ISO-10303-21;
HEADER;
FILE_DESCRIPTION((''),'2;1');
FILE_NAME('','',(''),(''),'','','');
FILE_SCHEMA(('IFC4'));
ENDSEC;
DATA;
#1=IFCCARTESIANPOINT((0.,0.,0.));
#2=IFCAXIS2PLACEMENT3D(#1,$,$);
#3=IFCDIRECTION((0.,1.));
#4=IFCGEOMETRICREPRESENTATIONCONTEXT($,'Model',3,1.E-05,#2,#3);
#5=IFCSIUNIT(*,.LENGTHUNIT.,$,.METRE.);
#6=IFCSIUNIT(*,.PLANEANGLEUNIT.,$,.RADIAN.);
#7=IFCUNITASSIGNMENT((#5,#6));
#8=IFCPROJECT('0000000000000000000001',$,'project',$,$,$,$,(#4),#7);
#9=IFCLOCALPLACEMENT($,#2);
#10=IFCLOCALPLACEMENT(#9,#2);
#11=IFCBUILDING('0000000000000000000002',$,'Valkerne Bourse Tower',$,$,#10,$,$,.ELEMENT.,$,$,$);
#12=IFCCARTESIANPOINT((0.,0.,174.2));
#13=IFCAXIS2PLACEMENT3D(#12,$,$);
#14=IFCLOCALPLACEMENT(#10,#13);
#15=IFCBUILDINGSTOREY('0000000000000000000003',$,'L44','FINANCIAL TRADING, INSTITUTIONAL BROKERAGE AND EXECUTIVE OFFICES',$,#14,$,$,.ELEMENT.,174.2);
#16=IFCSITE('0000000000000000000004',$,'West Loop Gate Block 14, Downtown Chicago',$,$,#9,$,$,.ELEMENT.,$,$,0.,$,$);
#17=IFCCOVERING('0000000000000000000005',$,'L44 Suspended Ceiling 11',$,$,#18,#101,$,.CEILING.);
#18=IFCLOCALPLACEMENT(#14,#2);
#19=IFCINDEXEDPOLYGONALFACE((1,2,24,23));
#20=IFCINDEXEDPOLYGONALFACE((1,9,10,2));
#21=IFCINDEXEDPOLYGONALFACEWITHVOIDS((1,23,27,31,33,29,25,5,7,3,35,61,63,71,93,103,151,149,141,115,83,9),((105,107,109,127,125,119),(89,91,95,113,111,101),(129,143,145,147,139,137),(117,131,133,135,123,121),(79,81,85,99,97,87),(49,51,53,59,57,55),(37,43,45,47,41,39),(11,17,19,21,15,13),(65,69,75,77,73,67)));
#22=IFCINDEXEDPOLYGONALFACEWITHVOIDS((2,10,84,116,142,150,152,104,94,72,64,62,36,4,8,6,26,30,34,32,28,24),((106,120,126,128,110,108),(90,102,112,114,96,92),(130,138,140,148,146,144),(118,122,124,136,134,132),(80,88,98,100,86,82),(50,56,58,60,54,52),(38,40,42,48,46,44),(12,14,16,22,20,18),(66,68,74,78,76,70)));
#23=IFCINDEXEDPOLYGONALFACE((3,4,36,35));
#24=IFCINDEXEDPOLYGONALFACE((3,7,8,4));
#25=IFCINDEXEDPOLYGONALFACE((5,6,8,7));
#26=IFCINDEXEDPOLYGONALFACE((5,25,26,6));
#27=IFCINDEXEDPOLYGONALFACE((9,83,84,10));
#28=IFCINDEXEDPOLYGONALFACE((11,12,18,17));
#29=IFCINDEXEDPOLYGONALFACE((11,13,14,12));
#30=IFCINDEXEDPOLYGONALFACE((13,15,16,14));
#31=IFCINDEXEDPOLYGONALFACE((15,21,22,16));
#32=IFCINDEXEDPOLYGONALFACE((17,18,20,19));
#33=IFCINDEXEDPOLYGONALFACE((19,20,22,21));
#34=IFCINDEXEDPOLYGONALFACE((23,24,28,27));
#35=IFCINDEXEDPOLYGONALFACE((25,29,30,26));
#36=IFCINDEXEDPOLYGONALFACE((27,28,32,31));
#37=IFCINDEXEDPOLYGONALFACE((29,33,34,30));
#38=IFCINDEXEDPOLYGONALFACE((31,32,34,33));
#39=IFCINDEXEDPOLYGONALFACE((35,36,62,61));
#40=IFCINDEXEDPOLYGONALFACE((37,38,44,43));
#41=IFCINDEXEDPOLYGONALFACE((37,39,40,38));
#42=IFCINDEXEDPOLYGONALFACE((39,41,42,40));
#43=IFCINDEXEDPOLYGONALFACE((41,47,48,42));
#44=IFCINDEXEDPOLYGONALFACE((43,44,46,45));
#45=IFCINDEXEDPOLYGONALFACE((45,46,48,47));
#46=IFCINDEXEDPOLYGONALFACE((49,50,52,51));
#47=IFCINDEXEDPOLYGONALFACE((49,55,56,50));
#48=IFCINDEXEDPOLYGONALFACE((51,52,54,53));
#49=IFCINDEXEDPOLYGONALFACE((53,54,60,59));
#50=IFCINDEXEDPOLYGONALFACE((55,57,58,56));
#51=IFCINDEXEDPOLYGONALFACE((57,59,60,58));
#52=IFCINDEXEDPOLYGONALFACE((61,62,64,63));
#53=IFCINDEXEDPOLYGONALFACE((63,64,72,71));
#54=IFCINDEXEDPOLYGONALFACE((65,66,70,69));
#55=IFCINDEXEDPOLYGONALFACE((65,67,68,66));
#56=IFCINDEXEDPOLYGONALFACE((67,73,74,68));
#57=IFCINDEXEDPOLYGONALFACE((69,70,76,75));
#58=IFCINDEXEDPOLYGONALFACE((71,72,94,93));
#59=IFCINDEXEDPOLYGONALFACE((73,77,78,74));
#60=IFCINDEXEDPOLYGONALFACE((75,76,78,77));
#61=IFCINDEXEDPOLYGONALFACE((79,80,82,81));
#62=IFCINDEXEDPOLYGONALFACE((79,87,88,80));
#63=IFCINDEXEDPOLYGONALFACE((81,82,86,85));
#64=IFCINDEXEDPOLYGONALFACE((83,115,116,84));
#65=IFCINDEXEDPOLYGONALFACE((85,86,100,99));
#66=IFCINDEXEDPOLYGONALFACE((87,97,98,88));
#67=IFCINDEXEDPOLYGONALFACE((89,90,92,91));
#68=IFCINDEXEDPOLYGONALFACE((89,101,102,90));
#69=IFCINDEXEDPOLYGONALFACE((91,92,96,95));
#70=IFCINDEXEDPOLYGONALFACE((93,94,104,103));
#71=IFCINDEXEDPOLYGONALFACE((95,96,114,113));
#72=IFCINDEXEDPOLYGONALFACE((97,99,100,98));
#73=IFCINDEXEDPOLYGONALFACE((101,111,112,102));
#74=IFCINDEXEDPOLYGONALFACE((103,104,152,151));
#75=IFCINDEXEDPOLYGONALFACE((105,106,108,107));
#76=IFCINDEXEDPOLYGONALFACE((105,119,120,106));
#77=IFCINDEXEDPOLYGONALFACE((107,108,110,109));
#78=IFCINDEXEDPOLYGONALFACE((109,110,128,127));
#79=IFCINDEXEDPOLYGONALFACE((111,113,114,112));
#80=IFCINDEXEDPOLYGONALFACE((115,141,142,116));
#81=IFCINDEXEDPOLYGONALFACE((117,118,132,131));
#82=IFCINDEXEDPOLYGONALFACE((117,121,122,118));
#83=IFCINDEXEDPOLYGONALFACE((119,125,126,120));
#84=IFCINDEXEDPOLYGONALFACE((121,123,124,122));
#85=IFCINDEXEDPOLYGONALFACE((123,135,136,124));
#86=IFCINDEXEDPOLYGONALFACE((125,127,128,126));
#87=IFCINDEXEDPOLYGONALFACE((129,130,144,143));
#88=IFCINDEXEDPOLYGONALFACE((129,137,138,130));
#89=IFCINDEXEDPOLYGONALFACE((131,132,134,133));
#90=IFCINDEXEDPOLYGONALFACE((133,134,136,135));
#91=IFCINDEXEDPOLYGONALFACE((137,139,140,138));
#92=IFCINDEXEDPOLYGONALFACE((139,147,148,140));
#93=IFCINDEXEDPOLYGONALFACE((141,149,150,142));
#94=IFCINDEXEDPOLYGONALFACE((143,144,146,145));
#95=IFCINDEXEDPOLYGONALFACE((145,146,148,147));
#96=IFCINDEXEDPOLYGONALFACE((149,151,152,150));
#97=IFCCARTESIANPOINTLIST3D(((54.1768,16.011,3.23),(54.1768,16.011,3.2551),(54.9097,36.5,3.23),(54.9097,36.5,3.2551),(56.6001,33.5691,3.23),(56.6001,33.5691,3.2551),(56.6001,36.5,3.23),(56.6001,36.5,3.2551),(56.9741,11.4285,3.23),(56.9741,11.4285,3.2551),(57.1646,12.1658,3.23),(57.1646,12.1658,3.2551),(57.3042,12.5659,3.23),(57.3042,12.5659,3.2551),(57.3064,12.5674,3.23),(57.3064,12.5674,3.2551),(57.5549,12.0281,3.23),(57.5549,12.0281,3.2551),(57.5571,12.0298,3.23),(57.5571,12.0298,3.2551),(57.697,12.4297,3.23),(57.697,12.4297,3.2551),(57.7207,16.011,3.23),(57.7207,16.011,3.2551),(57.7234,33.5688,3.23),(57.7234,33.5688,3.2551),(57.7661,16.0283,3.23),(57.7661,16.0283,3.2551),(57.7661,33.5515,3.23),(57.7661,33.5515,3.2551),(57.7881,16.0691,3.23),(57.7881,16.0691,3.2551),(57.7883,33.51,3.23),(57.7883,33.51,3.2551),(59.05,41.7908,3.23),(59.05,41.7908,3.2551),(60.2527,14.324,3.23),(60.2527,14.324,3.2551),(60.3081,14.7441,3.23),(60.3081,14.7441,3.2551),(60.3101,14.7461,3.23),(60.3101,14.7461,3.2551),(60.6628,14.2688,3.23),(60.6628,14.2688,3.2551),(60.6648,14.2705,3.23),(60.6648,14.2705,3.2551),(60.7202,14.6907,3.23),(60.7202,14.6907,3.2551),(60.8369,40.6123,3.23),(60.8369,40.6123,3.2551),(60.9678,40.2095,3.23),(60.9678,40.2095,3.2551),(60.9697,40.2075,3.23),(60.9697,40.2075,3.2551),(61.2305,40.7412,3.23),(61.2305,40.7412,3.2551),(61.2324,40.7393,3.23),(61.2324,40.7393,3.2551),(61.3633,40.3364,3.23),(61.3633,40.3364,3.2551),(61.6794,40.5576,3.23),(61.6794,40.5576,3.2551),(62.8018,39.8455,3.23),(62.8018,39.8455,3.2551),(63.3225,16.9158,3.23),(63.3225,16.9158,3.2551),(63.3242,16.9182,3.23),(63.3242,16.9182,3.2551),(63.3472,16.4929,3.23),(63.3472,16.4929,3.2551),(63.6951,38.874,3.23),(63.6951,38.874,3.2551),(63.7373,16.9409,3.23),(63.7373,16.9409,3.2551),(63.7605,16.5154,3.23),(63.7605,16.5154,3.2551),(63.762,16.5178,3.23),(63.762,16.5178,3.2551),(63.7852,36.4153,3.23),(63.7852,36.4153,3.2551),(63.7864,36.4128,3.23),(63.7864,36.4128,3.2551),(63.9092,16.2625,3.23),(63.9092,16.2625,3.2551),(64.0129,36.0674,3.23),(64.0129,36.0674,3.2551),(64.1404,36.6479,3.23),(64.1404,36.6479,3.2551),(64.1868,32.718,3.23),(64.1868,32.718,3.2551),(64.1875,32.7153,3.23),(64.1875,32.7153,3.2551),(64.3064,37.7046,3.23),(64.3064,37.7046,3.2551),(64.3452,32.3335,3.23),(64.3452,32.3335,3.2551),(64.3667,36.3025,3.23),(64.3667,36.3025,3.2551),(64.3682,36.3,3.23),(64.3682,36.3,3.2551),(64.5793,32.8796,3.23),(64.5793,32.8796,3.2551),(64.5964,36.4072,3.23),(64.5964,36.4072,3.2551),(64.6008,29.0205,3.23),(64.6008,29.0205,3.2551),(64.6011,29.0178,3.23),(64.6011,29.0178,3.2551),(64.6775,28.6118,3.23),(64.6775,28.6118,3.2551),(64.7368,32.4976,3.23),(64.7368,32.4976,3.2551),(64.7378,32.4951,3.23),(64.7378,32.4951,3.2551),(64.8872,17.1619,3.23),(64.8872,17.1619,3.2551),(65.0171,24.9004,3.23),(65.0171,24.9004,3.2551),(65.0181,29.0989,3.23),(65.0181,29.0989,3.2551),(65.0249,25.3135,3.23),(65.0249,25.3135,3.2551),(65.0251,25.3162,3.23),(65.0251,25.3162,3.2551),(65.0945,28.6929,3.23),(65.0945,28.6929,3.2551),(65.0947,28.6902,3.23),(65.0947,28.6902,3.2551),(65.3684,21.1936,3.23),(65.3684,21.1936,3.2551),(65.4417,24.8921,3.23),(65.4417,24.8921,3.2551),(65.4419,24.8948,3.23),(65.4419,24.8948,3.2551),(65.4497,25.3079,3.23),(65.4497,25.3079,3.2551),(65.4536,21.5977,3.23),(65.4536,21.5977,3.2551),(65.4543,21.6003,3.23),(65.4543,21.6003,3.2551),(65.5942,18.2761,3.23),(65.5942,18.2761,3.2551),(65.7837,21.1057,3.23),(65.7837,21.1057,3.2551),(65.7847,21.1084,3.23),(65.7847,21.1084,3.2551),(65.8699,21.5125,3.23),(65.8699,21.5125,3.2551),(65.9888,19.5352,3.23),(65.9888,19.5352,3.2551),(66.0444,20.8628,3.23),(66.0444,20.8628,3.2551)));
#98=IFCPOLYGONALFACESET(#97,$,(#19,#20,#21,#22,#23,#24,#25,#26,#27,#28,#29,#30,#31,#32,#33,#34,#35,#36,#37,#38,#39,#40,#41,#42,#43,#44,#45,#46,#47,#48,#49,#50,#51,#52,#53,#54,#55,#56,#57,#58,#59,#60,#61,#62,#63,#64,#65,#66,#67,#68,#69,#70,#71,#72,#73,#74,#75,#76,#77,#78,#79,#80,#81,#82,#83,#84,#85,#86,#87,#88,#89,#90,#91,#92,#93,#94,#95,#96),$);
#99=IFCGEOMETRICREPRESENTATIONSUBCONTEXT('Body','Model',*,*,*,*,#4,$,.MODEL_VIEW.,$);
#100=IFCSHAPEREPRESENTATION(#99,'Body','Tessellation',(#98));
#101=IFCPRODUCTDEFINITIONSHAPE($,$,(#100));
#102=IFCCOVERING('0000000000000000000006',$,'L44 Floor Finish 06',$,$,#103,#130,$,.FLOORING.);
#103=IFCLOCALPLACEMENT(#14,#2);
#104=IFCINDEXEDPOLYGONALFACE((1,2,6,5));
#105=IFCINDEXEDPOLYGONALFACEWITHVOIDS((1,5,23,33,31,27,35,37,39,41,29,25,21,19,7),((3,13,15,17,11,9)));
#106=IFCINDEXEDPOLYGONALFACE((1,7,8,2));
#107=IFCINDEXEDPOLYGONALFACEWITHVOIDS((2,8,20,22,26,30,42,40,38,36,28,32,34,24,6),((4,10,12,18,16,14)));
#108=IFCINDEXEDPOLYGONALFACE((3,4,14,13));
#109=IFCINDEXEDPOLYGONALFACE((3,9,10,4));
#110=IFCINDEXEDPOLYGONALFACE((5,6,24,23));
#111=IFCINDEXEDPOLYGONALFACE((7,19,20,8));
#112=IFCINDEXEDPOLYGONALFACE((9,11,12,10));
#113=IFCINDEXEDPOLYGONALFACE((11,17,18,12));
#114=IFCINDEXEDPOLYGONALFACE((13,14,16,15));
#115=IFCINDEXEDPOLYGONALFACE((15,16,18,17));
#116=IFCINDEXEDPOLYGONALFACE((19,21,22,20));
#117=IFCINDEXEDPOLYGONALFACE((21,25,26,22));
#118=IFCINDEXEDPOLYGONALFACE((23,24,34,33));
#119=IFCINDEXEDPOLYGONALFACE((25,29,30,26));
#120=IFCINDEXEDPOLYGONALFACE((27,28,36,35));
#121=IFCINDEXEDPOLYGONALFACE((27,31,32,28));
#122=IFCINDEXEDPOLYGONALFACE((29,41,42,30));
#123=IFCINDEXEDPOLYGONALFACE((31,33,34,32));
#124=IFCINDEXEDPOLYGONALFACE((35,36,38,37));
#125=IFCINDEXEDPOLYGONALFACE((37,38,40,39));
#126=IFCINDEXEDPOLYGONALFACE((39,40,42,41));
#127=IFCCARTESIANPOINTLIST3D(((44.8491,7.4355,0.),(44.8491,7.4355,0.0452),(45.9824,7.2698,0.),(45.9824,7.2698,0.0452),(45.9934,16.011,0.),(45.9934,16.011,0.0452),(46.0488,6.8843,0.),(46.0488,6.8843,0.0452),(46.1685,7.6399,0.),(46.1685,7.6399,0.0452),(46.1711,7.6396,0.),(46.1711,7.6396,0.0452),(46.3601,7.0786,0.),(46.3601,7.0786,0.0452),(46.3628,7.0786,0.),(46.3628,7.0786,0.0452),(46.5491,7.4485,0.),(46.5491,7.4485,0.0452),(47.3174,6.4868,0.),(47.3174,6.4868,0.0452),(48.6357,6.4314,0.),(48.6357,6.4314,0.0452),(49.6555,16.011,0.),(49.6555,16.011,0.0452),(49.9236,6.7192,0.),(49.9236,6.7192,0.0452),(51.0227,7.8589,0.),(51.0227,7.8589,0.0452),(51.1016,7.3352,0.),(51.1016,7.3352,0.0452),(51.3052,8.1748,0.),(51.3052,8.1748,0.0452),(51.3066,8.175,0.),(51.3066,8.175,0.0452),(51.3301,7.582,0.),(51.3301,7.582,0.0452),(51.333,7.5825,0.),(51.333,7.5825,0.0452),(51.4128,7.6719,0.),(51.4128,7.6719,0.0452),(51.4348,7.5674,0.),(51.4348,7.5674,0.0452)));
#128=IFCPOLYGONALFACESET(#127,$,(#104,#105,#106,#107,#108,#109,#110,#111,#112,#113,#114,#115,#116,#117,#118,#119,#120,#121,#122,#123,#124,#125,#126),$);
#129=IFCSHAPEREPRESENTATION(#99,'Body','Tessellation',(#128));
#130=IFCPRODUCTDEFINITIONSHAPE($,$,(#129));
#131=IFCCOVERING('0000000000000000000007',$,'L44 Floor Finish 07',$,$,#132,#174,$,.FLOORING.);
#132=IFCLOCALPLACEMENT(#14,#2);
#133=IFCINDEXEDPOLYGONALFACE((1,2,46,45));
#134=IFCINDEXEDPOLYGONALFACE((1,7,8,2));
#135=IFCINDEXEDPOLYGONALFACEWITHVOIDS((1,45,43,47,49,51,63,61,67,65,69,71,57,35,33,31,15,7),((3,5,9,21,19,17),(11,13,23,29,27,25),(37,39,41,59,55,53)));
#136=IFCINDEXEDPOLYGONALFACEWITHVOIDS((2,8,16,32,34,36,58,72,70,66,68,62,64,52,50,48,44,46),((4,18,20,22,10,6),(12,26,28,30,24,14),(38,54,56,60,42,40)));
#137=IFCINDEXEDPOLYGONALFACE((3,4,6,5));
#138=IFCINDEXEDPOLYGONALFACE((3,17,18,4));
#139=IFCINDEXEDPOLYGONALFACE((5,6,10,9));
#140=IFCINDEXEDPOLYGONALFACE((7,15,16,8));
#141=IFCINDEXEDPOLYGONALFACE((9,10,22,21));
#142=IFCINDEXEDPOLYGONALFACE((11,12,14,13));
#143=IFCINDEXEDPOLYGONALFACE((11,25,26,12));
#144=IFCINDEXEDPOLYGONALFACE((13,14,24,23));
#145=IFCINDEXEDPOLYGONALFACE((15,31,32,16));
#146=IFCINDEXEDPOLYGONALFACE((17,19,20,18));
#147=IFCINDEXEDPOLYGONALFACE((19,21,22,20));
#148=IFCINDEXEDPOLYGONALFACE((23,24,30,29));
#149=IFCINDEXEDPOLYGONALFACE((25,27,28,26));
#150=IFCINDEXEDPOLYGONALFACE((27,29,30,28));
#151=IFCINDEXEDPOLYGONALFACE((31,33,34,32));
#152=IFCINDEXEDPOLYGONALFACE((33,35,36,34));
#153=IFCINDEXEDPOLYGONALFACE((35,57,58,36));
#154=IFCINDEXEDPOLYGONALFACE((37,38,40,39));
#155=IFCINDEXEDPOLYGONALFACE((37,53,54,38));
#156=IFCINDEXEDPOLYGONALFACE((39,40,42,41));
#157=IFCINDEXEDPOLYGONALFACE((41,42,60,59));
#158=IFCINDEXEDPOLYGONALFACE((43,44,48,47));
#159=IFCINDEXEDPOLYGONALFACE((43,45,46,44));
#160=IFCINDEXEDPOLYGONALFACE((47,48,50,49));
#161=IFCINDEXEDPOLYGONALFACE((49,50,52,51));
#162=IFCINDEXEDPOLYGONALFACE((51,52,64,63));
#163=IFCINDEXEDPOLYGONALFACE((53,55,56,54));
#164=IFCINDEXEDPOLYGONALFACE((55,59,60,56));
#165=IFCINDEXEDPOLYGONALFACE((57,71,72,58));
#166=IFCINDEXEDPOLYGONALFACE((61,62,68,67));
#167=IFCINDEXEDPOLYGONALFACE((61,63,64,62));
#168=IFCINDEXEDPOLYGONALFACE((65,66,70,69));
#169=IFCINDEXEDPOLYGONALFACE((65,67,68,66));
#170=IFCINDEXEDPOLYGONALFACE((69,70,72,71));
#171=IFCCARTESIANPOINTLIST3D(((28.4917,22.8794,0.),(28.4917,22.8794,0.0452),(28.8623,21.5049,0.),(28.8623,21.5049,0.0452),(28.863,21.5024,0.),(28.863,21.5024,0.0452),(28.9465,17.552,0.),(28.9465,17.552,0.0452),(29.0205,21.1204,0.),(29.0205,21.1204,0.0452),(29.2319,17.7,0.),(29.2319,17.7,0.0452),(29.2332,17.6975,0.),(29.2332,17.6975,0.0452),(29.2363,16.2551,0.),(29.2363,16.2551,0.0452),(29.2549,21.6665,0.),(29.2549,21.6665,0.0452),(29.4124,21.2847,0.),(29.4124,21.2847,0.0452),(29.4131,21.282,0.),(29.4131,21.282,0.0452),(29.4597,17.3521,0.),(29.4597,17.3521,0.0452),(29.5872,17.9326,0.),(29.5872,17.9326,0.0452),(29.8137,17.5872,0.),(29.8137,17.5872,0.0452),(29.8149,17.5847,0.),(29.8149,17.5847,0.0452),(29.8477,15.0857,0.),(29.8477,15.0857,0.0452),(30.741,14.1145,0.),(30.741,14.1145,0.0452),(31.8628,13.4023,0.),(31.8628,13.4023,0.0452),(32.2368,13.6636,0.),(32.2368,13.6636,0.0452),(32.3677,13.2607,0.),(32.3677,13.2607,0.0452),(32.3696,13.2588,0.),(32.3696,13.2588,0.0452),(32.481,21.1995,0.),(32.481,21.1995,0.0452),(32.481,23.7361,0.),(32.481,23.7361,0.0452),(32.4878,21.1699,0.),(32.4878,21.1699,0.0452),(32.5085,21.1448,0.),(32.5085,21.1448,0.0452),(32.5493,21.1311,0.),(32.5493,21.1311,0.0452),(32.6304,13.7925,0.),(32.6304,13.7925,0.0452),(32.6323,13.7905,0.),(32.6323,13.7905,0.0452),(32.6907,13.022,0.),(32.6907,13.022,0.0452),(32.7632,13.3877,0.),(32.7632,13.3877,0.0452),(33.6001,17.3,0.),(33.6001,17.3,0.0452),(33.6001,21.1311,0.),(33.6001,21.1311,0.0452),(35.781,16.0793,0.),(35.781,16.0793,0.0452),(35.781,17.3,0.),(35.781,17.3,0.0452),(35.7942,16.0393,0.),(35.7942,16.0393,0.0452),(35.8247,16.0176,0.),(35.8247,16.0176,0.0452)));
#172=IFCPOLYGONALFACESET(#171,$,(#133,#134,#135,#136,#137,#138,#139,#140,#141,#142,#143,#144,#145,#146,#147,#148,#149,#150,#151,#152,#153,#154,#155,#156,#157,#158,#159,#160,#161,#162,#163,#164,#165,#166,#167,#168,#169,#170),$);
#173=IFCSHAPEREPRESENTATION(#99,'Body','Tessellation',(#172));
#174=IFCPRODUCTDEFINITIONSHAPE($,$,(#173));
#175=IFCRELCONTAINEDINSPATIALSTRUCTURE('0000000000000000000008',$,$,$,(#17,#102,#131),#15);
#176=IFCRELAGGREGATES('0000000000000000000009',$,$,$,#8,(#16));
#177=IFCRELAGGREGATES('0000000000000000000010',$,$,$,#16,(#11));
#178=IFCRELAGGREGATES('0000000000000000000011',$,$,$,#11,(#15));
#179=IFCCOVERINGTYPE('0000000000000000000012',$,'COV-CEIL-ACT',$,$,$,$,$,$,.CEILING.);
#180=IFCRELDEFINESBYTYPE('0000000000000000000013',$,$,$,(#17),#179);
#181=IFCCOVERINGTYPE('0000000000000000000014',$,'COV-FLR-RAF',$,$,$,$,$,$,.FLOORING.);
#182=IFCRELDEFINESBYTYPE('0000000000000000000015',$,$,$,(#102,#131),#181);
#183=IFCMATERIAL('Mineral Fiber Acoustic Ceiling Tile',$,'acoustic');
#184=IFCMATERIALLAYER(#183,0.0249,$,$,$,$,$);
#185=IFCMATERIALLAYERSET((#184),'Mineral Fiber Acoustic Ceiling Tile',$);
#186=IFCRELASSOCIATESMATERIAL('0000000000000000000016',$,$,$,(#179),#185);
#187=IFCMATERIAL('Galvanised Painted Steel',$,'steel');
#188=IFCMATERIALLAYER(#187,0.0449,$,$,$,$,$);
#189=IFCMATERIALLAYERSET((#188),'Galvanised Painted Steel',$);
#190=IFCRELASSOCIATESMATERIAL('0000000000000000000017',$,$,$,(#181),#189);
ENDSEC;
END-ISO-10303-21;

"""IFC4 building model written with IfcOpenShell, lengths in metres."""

from ifc_helpers import new_model, si_unit, direction, frame, origin, place, context, subcontext, project, spatial, polyline, outline, extrude, material, layer, layer_set, type_object, element, save


model = new_model("IFC4")

# Units and contexts
model_context = context("Model", 3, precision=1e-05, world=origin(), true_north=direction((0.0, 1.0)))
body_context = subcontext(model_context, "Body", "Model", "MODEL_VIEW")
ifc_project = project(units=[si_unit("LENGTHUNIT", "METRE"), si_unit("PLANEANGLEUNIT", "RADIAN")], contexts=[model_context])

# Site, building, storey
site_placement = place(None, origin())
site = spatial("IfcSite", under=ifc_project, at=site_placement, Name="West Loop Gate Block 14, Downtown Chicago", CompositionType="ELEMENT", RefElevation=0.0)
building_placement = place(site_placement, origin())
building = spatial("IfcBuilding", under=site, at=building_placement, Name="Valkerne Bourse Tower", CompositionType="ELEMENT")
storey_placement = place(building_placement, frame((0.0, 0.0, 174.2)))
storey = spatial("IfcBuildingStorey", under=building, at=storey_placement, Name="L44", Description="FINANCIAL TRADING, INSTITUTIONAL BROKERAGE AND EXECUTIVE OFFICES", CompositionType="ELEMENT", Elevation=174.2)

# Coverings
ifc_material_1 = material(Name="Mineral Fiber Acoustic Ceiling Tile", Category="acoustic")
ifc_layer_1 = layer(ifc_material_1, 0.0249)
ifc_layer_set_1 = layer_set([ifc_layer_1], Name="Mineral Fiber Acoustic Ceiling Tile")
covering_type_1 = type_object("IfcCoveringType", Name="COV-CEIL-ACT", PredefinedType="CEILING", material=ifc_layer_set_1)
covering_1_placement = place(storey_placement, frame((0.0, 0.0, 3.23)))
element("IfcCovering", 1, at=covering_1_placement, inside=storey, type_object=covering_type_1, Name="L44 Suspended Ceiling 11", PredefinedType="CEILING", context=body_context, shape_type="SweptSolid", body=[
    extrude(outline(polyline([(64.8872, 17.1619), (63.9092, 16.2625), (56.9741, 11.4285), (54.1768, 16.011), (57.7207, 16.011), (57.7661, 16.0283), (57.7881, 16.0691), (57.7883, 33.51), (57.7661, 33.5515), (57.7234, 33.5688), (56.6001, 33.5691), (56.6001, 36.5), (54.9097, 36.5), (59.05, 41.7908), (61.6794, 40.5576), (62.8018, 39.8455), (63.6951, 38.874), (64.3064, 37.7046), (64.5964, 36.4072), (66.0444, 20.8628), (65.9888, 19.5352), (65.5942, 18.2761), (64.8872, 17.1619)]), holes=[polyline([(57.5571, 12.0298), (57.697, 12.4297), (57.3064, 12.5674), (57.3042, 12.5659), (57.1646, 12.1658), (57.5549, 12.0281), (57.5571, 12.0298)]), polyline([(60.6648, 14.2705), (60.7202, 14.6907), (60.3101, 14.7461), (60.3081, 14.7441), (60.2527, 14.324), (60.6628, 14.2688), (60.6648, 14.2705)]), polyline([(63.762, 16.5178), (63.7373, 16.9409), (63.3242, 16.9182), (63.3225, 16.9158), (63.3472, 16.4929), (63.7605, 16.5154), (63.762, 16.5178)]), polyline([(65.8699, 21.5125), (65.4543, 21.6003), (65.4536, 21.5977), (65.3684, 21.1936), (65.7837, 21.1057), (65.7847, 21.1084), (65.8699, 21.5125)]), polyline([(65.4497, 25.3079), (65.0251, 25.3162), (65.0249, 25.3135), (65.0171, 24.9004), (65.4417, 24.8921), (65.4419, 24.8948), (65.4497, 25.3079)]), polyline([(65.0947, 28.6902), (65.0945, 28.6929), (65.0181, 29.0989), (64.6008, 29.0205), (64.6011, 29.0178), (64.6775, 28.6118), (65.0947, 28.6902)]), polyline([(64.7378, 32.4951), (64.7368, 32.4976), (64.5793, 32.8796), (64.1868, 32.718), (64.1875, 32.7153), (64.3452, 32.3335), (64.7378, 32.4951)]), polyline([(64.3682, 36.3), (64.3667, 36.3025), (64.1404, 36.6479), (63.7852, 36.4153), (63.7864, 36.4128), (64.0129, 36.0674), (64.3682, 36.3)]), polyline([(61.2324, 40.7393), (61.2305, 40.7412), (60.8369, 40.6123), (60.9678, 40.2095), (60.9697, 40.2075), (61.3633, 40.3364), (61.2324, 40.7393)])]), origin(), (0.0, 0.0, 1.0), 0.0251),
])
ifc_material_2 = material(Name="Galvanised Painted Steel", Category="steel")
ifc_layer_2 = layer(ifc_material_2, 0.0449)
ifc_layer_set_2 = layer_set([ifc_layer_2], Name="Galvanised Painted Steel")
covering_type_2 = type_object("IfcCoveringType", Name="COV-FLR-RAF", PredefinedType="FLOORING", material=ifc_layer_set_2)
covering_2_placement = place(storey_placement, origin())
element("IfcCovering", 2, at=covering_2_placement, inside=storey, type_object=covering_type_2, Name="L44 Floor Finish 06", PredefinedType="FLOORING", context=body_context, shape_type="SweptSolid", body=[
    extrude(outline(polyline([(48.6357, 6.4314), (47.3174, 6.4868), (46.0488, 6.8843), (44.8491, 7.4355), (45.9934, 16.011), (49.6555, 16.011), (51.3066, 8.175), (51.3052, 8.1748), (51.0227, 7.8589), (51.3301, 7.582), (51.333, 7.5825), (51.4128, 7.6719), (51.4348, 7.5674), (51.1016, 7.3352), (49.9236, 6.7192), (48.6357, 6.4314)]), holes=[polyline([(46.5491, 7.4485), (46.1711, 7.6396), (46.1685, 7.6399), (45.9824, 7.2698), (46.3601, 7.0786), (46.3628, 7.0786), (46.5491, 7.4485)])]), origin(), (0.0, 0.0, 1.0), 0.0452),
])
covering_3_placement = place(storey_placement, origin())
element("IfcCovering", 3, at=covering_3_placement, inside=storey, type_object=covering_type_2, Name="L44 Floor Finish 07", PredefinedType="FLOORING", context=body_context, shape_type="SweptSolid", body=[
    extrude(outline(polyline([(29.8477, 15.0857), (29.2363, 16.2551), (28.9465, 17.552), (28.4917, 22.8794), (32.481, 23.7361), (32.481, 21.1995), (32.4878, 21.1699), (32.5085, 21.1448), (32.5493, 21.1311), (33.6001, 21.1311), (33.6001, 17.3), (35.781, 17.3), (35.781, 16.0793), (35.7942, 16.0393), (35.8247, 16.0176), (32.6907, 13.022), (31.8628, 13.4023), (30.741, 14.1145), (29.8477, 15.0857)]), holes=[polyline([(32.6323, 13.7905), (32.6304, 13.7925), (32.2368, 13.6636), (32.3677, 13.2607), (32.3696, 13.2588), (32.7632, 13.3877), (32.6323, 13.7905)]), polyline([(29.8149, 17.5847), (29.8137, 17.5872), (29.5872, 17.9326), (29.2319, 17.7), (29.2332, 17.6975), (29.4597, 17.3521), (29.8149, 17.5847)]), polyline([(29.4131, 21.282), (29.4124, 21.2847), (29.2549, 21.6665), (28.8623, 21.5049), (28.863, 21.5024), (29.0205, 21.1204), (29.4131, 21.282)])]), origin(), (0.0, 0.0, 1.0), 0.0452),
])

save(model, "model.ifc")
